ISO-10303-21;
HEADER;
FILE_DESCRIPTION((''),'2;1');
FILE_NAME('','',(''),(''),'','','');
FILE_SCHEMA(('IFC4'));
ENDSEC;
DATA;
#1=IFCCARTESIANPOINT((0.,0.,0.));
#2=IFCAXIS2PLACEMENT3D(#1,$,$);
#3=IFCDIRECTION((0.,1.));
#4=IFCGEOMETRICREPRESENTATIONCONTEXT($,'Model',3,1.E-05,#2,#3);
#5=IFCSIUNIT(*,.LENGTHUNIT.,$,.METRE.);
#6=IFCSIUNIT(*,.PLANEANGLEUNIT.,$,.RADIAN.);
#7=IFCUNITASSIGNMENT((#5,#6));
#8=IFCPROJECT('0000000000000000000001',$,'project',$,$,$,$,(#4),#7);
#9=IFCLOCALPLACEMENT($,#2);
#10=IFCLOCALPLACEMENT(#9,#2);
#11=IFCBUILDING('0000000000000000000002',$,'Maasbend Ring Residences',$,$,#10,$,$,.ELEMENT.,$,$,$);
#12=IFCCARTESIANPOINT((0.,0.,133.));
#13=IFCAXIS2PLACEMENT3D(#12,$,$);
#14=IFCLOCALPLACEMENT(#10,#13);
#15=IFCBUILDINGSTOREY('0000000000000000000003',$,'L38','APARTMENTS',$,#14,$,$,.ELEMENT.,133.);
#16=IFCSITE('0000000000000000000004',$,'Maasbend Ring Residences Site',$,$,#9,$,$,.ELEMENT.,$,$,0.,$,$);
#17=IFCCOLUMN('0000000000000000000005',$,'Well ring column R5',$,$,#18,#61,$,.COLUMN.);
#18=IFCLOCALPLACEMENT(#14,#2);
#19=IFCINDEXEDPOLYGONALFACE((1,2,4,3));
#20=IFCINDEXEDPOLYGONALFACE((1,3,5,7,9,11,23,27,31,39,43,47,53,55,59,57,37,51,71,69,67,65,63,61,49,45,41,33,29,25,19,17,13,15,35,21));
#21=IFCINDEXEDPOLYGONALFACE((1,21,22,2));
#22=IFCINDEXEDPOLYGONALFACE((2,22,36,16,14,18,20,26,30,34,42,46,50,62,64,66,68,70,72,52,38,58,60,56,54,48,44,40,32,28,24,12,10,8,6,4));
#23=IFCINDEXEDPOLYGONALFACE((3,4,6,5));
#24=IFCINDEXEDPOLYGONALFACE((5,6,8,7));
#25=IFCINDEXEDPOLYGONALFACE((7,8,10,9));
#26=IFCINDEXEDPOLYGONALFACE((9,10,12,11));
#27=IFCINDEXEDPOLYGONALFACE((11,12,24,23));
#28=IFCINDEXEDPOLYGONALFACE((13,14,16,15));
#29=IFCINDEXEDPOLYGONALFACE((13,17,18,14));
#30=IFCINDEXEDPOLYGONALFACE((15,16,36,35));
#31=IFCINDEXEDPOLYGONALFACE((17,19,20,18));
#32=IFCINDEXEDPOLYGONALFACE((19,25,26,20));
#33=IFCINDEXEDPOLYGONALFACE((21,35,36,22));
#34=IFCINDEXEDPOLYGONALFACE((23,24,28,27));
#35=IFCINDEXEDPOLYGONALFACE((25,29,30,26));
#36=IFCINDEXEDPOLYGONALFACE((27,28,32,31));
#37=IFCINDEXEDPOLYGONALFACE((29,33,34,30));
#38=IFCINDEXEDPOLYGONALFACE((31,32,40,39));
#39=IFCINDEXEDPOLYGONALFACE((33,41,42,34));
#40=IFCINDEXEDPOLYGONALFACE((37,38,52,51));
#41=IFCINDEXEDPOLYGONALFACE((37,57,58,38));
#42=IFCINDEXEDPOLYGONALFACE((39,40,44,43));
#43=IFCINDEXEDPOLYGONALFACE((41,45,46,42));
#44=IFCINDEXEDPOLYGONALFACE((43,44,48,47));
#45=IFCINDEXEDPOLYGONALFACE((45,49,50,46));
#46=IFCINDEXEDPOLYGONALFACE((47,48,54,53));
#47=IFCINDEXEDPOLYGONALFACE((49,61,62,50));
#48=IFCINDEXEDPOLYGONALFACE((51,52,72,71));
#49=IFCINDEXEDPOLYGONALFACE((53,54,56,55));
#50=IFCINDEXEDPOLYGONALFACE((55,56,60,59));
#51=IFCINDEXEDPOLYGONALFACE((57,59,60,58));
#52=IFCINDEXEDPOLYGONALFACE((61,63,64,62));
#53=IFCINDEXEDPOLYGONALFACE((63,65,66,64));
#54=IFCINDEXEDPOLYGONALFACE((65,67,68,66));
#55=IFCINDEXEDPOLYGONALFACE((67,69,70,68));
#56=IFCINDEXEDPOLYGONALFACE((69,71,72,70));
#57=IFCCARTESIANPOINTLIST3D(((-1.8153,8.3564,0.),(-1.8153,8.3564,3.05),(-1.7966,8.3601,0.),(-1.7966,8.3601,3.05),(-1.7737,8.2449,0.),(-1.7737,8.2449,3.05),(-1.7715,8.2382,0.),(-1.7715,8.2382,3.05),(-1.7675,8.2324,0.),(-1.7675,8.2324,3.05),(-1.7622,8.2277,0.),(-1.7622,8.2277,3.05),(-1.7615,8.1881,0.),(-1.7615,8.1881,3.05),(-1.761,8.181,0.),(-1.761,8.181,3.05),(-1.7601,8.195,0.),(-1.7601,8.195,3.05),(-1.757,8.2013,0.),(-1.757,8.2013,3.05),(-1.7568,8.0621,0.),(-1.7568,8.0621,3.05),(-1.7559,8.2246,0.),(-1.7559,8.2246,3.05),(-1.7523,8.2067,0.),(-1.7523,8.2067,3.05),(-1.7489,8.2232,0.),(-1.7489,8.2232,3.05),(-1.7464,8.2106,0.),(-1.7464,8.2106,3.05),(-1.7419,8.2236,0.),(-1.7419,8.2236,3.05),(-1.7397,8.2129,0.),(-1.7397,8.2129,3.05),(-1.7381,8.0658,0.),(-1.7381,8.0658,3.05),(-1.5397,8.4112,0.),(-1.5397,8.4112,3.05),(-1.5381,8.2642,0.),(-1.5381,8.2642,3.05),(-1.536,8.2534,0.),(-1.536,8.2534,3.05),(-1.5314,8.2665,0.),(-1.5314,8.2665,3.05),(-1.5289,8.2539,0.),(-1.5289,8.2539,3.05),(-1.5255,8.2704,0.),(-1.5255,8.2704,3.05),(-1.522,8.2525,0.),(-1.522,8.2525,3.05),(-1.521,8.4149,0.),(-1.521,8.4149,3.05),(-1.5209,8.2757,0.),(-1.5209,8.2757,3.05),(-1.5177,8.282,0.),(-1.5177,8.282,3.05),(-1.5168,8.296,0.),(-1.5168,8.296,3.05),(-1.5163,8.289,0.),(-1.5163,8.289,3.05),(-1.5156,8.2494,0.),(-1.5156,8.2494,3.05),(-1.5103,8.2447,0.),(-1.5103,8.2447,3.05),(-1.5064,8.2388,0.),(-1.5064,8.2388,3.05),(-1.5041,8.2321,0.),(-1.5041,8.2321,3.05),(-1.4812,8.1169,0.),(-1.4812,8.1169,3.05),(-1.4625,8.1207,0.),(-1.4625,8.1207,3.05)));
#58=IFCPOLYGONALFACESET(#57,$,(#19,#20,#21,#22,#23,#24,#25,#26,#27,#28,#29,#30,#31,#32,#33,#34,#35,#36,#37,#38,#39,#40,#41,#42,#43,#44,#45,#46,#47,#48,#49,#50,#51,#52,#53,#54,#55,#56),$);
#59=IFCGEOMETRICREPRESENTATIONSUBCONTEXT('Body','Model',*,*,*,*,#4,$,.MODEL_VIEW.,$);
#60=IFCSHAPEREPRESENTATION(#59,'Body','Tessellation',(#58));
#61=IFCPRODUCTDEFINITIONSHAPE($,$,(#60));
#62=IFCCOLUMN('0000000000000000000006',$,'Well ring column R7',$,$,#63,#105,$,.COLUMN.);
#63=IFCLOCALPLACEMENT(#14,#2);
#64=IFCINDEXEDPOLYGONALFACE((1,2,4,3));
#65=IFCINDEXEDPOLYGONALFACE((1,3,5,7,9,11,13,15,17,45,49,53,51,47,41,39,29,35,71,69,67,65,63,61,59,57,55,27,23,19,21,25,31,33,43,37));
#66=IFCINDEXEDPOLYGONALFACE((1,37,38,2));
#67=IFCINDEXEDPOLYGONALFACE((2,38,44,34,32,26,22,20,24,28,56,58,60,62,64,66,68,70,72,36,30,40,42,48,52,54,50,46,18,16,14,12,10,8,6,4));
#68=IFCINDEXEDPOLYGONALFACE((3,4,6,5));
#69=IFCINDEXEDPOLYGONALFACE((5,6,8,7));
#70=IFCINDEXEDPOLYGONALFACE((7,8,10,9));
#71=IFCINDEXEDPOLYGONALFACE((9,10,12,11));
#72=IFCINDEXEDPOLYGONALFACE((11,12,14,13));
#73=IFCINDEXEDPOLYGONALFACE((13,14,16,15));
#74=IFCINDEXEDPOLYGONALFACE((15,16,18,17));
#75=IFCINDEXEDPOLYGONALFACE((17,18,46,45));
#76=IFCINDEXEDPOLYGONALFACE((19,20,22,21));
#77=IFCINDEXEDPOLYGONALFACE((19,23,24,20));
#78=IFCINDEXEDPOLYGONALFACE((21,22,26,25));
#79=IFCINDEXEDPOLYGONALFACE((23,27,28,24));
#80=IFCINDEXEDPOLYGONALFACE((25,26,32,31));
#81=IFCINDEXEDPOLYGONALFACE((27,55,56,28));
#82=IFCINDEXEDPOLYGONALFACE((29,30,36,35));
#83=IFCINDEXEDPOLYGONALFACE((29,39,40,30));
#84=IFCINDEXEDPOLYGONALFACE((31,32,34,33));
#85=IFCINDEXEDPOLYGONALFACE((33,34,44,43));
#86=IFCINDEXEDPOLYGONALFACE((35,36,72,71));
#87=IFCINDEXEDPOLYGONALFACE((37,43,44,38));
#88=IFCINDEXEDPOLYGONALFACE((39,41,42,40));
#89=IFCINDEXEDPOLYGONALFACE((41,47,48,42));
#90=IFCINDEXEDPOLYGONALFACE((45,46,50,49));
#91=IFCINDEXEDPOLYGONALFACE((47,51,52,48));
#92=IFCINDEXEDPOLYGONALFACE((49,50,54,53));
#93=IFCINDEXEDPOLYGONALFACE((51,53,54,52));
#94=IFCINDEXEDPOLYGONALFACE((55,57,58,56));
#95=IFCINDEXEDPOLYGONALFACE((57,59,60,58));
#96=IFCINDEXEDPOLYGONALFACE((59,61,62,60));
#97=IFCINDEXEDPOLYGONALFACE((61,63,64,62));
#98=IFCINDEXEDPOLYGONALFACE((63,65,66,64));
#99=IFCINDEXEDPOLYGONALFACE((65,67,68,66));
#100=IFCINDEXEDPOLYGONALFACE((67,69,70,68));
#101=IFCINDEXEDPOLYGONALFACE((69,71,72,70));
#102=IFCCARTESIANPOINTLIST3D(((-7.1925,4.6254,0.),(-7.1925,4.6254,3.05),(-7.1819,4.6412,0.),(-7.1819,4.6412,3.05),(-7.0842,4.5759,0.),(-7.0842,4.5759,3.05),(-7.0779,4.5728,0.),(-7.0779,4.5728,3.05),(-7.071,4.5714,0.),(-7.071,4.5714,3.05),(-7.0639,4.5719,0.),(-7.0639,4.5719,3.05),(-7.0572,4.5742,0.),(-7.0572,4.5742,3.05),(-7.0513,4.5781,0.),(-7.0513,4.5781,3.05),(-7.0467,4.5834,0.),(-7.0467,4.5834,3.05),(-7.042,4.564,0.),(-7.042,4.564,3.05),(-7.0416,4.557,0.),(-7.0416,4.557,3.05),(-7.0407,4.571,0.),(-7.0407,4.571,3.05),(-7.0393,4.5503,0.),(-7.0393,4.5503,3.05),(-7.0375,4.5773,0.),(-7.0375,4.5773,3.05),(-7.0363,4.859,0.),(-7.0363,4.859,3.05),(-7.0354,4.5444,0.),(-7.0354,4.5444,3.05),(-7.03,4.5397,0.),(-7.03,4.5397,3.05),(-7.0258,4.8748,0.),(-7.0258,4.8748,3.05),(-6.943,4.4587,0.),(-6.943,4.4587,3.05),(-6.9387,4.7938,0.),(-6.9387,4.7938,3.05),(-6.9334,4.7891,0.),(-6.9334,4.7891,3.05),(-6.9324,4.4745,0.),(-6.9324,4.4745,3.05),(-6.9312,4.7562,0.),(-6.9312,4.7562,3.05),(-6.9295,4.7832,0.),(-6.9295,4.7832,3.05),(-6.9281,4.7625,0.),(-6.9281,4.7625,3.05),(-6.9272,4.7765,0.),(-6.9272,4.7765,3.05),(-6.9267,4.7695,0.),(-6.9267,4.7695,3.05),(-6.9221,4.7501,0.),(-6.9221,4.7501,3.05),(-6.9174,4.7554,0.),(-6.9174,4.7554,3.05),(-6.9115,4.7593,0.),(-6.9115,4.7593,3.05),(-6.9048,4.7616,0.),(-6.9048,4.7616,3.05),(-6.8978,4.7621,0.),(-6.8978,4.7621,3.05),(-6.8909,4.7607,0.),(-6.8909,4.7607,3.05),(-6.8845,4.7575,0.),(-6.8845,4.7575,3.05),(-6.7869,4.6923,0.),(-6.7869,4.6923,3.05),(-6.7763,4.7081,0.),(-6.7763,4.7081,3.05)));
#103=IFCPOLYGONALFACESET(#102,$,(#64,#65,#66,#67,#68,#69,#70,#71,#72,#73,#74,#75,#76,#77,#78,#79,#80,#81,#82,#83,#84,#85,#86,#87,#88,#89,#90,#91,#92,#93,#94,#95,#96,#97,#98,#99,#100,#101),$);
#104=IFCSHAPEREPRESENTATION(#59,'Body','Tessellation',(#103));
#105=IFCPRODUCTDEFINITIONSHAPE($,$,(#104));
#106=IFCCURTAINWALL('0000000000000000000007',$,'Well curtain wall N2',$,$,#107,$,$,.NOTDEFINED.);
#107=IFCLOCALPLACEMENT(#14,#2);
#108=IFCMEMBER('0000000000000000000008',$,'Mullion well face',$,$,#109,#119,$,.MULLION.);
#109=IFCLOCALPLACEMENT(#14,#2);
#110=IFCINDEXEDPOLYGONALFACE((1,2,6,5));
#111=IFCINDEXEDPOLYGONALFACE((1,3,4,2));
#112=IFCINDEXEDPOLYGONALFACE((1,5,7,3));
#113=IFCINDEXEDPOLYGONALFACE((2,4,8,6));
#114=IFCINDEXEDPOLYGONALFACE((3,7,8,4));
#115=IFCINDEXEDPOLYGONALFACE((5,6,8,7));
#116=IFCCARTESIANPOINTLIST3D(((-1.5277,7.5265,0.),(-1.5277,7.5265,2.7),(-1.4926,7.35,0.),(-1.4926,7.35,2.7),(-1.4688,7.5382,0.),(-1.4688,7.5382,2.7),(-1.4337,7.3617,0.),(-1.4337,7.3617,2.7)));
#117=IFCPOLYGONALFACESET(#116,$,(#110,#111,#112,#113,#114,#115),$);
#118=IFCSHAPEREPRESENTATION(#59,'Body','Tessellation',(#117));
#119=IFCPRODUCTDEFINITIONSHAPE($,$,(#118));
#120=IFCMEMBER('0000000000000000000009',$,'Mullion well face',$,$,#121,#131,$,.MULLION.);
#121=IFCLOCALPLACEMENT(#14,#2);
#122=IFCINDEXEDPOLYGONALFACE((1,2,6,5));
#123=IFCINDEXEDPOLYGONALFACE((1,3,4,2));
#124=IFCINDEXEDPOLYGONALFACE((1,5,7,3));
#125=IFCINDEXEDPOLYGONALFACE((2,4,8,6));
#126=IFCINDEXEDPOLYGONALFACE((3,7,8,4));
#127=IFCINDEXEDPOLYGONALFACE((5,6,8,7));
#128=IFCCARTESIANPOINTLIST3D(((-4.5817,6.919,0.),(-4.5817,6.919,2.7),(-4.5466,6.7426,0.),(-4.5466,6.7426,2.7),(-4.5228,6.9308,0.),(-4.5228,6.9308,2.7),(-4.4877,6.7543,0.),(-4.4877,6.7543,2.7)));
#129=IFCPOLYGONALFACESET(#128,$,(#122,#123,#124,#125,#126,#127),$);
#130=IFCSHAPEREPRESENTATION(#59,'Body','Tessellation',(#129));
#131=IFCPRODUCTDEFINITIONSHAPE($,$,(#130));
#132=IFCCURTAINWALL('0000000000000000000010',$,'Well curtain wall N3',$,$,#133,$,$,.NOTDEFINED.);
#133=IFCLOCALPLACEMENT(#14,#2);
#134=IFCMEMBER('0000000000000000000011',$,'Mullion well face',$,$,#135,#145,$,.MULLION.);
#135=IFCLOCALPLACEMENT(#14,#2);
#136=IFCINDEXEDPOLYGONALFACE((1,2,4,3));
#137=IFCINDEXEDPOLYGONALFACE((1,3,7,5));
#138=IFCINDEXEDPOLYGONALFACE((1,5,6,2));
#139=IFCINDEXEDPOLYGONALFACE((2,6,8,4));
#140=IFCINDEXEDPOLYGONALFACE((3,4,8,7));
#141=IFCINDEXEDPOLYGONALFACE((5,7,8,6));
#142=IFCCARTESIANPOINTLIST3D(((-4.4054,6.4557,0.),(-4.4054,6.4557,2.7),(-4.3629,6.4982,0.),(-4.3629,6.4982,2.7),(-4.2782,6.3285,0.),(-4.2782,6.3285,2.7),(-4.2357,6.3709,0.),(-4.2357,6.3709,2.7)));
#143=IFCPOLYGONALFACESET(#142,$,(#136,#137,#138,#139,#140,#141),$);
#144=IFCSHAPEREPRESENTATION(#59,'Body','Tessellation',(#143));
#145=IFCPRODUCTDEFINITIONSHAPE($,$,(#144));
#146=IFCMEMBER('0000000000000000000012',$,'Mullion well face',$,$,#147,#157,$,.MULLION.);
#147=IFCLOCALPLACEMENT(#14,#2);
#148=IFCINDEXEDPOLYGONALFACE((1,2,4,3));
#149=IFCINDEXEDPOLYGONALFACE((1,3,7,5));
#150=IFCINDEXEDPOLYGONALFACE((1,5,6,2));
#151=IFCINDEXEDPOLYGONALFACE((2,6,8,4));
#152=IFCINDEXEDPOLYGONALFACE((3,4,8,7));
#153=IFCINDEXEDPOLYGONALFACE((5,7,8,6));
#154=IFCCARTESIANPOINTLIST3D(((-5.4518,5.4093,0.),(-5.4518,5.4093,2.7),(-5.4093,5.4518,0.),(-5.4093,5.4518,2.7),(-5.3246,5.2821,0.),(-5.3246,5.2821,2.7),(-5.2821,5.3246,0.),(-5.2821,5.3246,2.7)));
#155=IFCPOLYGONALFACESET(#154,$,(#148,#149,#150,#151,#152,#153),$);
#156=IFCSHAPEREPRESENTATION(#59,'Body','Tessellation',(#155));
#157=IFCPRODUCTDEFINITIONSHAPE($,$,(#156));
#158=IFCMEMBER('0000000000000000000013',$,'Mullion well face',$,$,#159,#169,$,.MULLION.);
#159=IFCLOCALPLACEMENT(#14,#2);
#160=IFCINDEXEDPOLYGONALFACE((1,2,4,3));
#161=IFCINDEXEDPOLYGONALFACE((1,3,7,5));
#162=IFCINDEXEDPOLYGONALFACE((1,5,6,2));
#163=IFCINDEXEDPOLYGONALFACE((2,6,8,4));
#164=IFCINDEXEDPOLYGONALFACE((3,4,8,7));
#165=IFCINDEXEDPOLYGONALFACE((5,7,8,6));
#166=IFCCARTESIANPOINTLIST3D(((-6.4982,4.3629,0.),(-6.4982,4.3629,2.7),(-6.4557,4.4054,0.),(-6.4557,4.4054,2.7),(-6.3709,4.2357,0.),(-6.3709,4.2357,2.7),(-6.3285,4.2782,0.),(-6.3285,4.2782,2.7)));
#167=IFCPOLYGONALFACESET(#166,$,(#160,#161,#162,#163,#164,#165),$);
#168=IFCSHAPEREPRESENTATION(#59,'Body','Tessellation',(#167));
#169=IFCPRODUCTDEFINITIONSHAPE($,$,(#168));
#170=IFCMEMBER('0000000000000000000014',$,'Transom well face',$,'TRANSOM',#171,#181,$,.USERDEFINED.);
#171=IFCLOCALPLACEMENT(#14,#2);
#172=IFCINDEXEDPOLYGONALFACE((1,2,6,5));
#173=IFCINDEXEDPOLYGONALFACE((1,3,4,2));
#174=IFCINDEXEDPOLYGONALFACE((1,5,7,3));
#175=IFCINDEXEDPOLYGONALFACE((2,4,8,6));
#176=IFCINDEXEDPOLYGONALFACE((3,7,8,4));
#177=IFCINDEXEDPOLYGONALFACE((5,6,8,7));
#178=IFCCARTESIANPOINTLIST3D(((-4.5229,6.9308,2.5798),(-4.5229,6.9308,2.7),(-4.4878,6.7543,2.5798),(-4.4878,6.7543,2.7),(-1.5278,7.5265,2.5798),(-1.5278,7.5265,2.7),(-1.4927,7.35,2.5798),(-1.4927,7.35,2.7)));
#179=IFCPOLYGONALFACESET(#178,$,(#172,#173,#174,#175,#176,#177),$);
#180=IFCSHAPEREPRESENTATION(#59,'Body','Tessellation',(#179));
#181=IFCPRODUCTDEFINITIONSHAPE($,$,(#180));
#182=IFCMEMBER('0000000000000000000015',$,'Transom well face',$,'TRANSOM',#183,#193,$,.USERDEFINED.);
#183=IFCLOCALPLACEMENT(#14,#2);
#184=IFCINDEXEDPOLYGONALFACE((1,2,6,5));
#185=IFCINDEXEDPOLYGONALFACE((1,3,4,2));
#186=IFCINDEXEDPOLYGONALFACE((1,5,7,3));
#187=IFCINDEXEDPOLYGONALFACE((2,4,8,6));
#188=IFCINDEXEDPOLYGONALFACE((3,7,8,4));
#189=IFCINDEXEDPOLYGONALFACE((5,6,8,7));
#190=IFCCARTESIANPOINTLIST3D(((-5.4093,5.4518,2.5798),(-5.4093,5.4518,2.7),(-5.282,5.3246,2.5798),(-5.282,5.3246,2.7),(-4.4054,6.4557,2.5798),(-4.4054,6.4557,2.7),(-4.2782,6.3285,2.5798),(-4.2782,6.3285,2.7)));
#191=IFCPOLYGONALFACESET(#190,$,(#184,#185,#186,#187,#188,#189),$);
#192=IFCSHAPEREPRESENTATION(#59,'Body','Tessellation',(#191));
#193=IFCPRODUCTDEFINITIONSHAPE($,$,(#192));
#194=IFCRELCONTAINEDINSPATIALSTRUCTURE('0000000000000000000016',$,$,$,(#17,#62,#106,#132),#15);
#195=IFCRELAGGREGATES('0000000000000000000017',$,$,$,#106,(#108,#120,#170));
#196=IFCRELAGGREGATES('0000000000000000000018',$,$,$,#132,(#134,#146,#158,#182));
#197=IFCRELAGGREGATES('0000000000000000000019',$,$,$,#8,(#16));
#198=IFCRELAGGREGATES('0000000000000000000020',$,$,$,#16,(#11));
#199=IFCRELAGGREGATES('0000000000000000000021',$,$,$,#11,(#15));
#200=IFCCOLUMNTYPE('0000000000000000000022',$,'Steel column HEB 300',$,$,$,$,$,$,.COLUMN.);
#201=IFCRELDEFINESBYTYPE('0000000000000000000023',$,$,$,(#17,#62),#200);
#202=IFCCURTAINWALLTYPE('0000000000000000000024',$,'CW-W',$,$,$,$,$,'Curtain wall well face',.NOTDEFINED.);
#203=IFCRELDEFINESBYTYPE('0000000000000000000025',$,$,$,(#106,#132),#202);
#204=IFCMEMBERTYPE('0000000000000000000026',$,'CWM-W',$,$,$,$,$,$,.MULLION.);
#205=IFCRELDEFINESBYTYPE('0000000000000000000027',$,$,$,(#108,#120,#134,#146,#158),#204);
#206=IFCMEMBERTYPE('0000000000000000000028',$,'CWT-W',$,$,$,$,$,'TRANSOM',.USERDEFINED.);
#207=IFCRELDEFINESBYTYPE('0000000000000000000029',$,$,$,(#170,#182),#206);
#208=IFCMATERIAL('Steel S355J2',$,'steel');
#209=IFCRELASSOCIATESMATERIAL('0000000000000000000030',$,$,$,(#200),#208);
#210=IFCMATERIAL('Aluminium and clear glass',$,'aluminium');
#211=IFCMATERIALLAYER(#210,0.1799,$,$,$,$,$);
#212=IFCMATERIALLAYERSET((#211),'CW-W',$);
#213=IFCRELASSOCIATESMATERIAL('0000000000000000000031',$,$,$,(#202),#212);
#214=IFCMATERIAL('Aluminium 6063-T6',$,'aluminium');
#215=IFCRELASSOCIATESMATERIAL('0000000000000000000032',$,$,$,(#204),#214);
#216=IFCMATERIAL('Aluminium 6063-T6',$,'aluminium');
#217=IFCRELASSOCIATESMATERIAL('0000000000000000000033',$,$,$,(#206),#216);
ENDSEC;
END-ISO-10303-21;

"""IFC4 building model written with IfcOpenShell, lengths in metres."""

from ifc_helpers import new_model, si_unit, direction, frame, origin, origin_2d, place, context, subcontext, project, spatial, rectangle, i_section, extrude, material, layer, layer_set, material_profile, profile_set, type_object, element, aggregate, save


model = new_model("IFC4")

# Units and contexts
model_context = context("Model", 3, precision=1e-05, world=origin(), true_north=direction((0.0, 1.0)))
body_context = subcontext(model_context, "Body", "Model", "MODEL_VIEW")
ifc_project = project(units=[si_unit("LENGTHUNIT", "METRE"), si_unit("PLANEANGLEUNIT", "RADIAN")], contexts=[model_context])

# Site, building, storey
site_placement = place(None, origin())
site = spatial("IfcSite", under=ifc_project, at=site_placement, Name="Maasbend Ring Residences Site", CompositionType="ELEMENT", RefElevation=0.0)
building_placement = place(site_placement, origin())
building = spatial("IfcBuilding", under=site, at=building_placement, Name="Maasbend Ring Residences", CompositionType="ELEMENT")
storey_placement = place(building_placement, frame((0.0, 0.0, 133.0)))
storey = spatial("IfcBuildingStorey", under=building, at=storey_placement, Name="L38", Description="APARTMENTS", CompositionType="ELEMENT", Elevation=133.0)

# Columns
ifc_material_1 = material(Name="Steel S355J2", Category="steel")
ifc_material_profile_1 = material_profile(ifc_material_1, i_section(OverallWidth=0.3, OverallDepth=0.3, WebThickness=0.011, FlangeThickness=0.019, FilletRadius=0.0271, at=origin_2d()), Name="HEB 300")
ifc_profile_set_1 = profile_set([ifc_material_profile_1], Name="Steel S355J2")
column_type = type_object("IfcColumnType", Name="Steel column HEB 300", PredefinedType="COLUMN", material=ifc_profile_set_1)
for number, where, z_axis, x_axis, name in (
    (1, (-1.6389, 8.2385, 0.0), (0.0, 0.0, 1.0), (-0.19509, 0.980785, 0.0), "Well ring column R5"),
    (2, (-6.9844, 4.6667, 0.0), (0.0, 0.0, 1.0), (-0.83147, 0.55557, 0.0), "Well ring column R7"),
):
    element("IfcColumn", number, at=place(storey_placement, frame(where, z_axis=z_axis, x_axis=x_axis)), inside=storey, type_object=column_type, Name=name, PredefinedType="COLUMN", context=body_context, shape_type="SweptSolid", body=[
        extrude(i_section(OverallWidth=0.3, OverallDepth=0.3, WebThickness=0.011, FlangeThickness=0.019, FilletRadius=0.0271, at=origin_2d()), origin(), (0.0, 0.0, 1.0), 3.05),
    ])

# Curtain walls, members
ifc_material_2 = material(Name="Aluminium and clear glass", Category="aluminium")
ifc_layer_1 = layer(ifc_material_2, 0.1799)
ifc_layer_set_1 = layer_set([ifc_layer_1], Name="CW-W")
curtain_wall_type = type_object("IfcCurtainWallType", Name="CW-W", ElementType="Curtain wall well face", PredefinedType="NOTDEFINED", material=ifc_layer_set_1)
curtain_wall_1_placement = place(storey_placement, origin())
curtain_wall_1 = element("IfcCurtainWall", 3, at=curtain_wall_1_placement, inside=storey, type_object=curtain_wall_type, Name="Well curtain wall N2", PredefinedType="NOTDEFINED")
ifc_material_3 = material(Name="Aluminium 6063-T6", Category="aluminium")
ifc_material_profile_2 = material_profile(ifc_material_3, rectangle(XDim=0.1799, YDim=0.0601, at=origin_2d()), Name="AL 180x60")
ifc_profile_set_2 = profile_set([ifc_material_profile_2], Name="Aluminium 6063-T6")
member_type_1 = type_object("IfcMemberType", Name="CWM-W", PredefinedType="MULLION", material=ifc_profile_set_2)
member_1_placement = place(storey_placement, frame((-1.4807, 7.4441, 0.0), z_axis=(0.0, 0.0, 1.0), x_axis=(0.19509, -0.980785, 0.0)))
member_1 = element("IfcMember", 4, at=member_1_placement, type_object=member_type_1, Name="Mullion well face", PredefinedType="MULLION", context=body_context, shape_type="SweptSolid", body=[
    extrude(rectangle(XDim=0.1799, YDim=0.0601, at=origin_2d()), origin(), (0.0, 0.0, 1.0), 2.7),
])
member_2_placement = place(storey_placement, frame((-4.5347, 6.8367, 0.0), z_axis=(0.0, 0.0, 1.0), x_axis=(0.19509, -0.980785, 0.0)))
member_2 = element("IfcMember", 5, at=member_2_placement, type_object=member_type_1, Name="Mullion well face", PredefinedType="MULLION", context=body_context, shape_type="SweptSolid", body=[
    extrude(rectangle(XDim=0.1799, YDim=0.0601, at=origin_2d()), origin(), (0.0, 0.0, 1.0), 2.7),
])
curtain_wall_2_placement = place(storey_placement, origin())
curtain_wall_2 = element("IfcCurtainWall", 6, at=curtain_wall_2_placement, inside=storey, type_object=curtain_wall_type, Name="Well curtain wall N3", PredefinedType="NOTDEFINED")
member_3_placement = place(storey_placement, frame((-4.3206, 6.4133, 0.0), z_axis=(0.0, 0.0, 1.0), x_axis=(0.707107, -0.707107, 0.0)))
member_3 = element("IfcMember", 7, at=member_3_placement, type_object=member_type_1, Name="Mullion well face", PredefinedType="MULLION", context=body_context, shape_type="SweptSolid", body=[
    extrude(rectangle(XDim=0.1799, YDim=0.0601, at=origin_2d()), origin(), (0.0, 0.0, 1.0), 2.7),
])
member_4_placement = place(storey_placement, frame((-5.3669, 5.3669, 0.0), z_axis=(0.0, 0.0, 1.0), x_axis=(0.707107, -0.707107, 0.0)))
member_4 = element("IfcMember", 8, at=member_4_placement, type_object=member_type_1, Name="Mullion well face", PredefinedType="MULLION", context=body_context, shape_type="SweptSolid", body=[
    extrude(rectangle(XDim=0.1799, YDim=0.0601, at=origin_2d()), origin(), (0.0, 0.0, 1.0), 2.7),
])
member_5_placement = place(storey_placement, frame((-6.4133, 4.3206, 0.0), z_axis=(0.0, 0.0, 1.0), x_axis=(0.707107, -0.707107, 0.0)))
member_5 = element("IfcMember", 9, at=member_5_placement, type_object=member_type_1, Name="Mullion well face", PredefinedType="MULLION", context=body_context, shape_type="SweptSolid", body=[
    extrude(rectangle(XDim=0.1799, YDim=0.0601, at=origin_2d()), origin(), (0.0, 0.0, 1.0), 2.7),
])

# Members
ifc_material_4 = material(Name="Aluminium 6063-T6", Category="aluminium")
ifc_material_profile_3 = material_profile(ifc_material_4, rectangle(XDim=0.1799, YDim=0.1201, at=origin_2d()), Name="AL 180x120")
ifc_profile_set_3 = profile_set([ifc_material_profile_3], Name="Aluminium 6063-T6")
member_type_2 = type_object("IfcMemberType", Name="CWT-W", ElementType="TRANSOM", PredefinedType="USERDEFINED", material=ifc_profile_set_3)
member_6_placement = place(storey_placement, frame((-1.5103, 7.4382, 2.6399), z_axis=(-0.980789, -0.195071, 0.0), x_axis=(0.195071, -0.980789, 0.0)))
member_6 = element("IfcMember", 10, at=member_6_placement, type_object=member_type_2, Name="Transom well face", ObjectType="TRANSOM", PredefinedType="USERDEFINED", context=body_context, shape_type="SweptSolid", body=[
    extrude(rectangle(XDim=0.1799, YDim=0.1201, at=origin_2d()), origin(), (0.0, 0.0, 1.0), 3.0537),
])
member_7_placement = place(storey_placement, frame((-4.3418, 6.3921, 2.6399), z_axis=(-0.707107, -0.707107, 0.0), x_axis=(0.707107, -0.707107, 0.0)))
member_7 = element("IfcMember", 11, at=member_7_placement, type_object=member_type_2, Name="Transom well face", ObjectType="TRANSOM", PredefinedType="USERDEFINED", context=body_context, shape_type="SweptSolid", body=[
    extrude(rectangle(XDim=0.1799, YDim=0.1201, at=origin_2d()), origin(), (0.0, 0.0, 1.0), 1.4197),
])

aggregate(curtain_wall_1, [member_1, member_2, member_6])
aggregate(curtain_wall_2, [member_3, member_4, member_5, member_7])

save(model, "model.ifc")
